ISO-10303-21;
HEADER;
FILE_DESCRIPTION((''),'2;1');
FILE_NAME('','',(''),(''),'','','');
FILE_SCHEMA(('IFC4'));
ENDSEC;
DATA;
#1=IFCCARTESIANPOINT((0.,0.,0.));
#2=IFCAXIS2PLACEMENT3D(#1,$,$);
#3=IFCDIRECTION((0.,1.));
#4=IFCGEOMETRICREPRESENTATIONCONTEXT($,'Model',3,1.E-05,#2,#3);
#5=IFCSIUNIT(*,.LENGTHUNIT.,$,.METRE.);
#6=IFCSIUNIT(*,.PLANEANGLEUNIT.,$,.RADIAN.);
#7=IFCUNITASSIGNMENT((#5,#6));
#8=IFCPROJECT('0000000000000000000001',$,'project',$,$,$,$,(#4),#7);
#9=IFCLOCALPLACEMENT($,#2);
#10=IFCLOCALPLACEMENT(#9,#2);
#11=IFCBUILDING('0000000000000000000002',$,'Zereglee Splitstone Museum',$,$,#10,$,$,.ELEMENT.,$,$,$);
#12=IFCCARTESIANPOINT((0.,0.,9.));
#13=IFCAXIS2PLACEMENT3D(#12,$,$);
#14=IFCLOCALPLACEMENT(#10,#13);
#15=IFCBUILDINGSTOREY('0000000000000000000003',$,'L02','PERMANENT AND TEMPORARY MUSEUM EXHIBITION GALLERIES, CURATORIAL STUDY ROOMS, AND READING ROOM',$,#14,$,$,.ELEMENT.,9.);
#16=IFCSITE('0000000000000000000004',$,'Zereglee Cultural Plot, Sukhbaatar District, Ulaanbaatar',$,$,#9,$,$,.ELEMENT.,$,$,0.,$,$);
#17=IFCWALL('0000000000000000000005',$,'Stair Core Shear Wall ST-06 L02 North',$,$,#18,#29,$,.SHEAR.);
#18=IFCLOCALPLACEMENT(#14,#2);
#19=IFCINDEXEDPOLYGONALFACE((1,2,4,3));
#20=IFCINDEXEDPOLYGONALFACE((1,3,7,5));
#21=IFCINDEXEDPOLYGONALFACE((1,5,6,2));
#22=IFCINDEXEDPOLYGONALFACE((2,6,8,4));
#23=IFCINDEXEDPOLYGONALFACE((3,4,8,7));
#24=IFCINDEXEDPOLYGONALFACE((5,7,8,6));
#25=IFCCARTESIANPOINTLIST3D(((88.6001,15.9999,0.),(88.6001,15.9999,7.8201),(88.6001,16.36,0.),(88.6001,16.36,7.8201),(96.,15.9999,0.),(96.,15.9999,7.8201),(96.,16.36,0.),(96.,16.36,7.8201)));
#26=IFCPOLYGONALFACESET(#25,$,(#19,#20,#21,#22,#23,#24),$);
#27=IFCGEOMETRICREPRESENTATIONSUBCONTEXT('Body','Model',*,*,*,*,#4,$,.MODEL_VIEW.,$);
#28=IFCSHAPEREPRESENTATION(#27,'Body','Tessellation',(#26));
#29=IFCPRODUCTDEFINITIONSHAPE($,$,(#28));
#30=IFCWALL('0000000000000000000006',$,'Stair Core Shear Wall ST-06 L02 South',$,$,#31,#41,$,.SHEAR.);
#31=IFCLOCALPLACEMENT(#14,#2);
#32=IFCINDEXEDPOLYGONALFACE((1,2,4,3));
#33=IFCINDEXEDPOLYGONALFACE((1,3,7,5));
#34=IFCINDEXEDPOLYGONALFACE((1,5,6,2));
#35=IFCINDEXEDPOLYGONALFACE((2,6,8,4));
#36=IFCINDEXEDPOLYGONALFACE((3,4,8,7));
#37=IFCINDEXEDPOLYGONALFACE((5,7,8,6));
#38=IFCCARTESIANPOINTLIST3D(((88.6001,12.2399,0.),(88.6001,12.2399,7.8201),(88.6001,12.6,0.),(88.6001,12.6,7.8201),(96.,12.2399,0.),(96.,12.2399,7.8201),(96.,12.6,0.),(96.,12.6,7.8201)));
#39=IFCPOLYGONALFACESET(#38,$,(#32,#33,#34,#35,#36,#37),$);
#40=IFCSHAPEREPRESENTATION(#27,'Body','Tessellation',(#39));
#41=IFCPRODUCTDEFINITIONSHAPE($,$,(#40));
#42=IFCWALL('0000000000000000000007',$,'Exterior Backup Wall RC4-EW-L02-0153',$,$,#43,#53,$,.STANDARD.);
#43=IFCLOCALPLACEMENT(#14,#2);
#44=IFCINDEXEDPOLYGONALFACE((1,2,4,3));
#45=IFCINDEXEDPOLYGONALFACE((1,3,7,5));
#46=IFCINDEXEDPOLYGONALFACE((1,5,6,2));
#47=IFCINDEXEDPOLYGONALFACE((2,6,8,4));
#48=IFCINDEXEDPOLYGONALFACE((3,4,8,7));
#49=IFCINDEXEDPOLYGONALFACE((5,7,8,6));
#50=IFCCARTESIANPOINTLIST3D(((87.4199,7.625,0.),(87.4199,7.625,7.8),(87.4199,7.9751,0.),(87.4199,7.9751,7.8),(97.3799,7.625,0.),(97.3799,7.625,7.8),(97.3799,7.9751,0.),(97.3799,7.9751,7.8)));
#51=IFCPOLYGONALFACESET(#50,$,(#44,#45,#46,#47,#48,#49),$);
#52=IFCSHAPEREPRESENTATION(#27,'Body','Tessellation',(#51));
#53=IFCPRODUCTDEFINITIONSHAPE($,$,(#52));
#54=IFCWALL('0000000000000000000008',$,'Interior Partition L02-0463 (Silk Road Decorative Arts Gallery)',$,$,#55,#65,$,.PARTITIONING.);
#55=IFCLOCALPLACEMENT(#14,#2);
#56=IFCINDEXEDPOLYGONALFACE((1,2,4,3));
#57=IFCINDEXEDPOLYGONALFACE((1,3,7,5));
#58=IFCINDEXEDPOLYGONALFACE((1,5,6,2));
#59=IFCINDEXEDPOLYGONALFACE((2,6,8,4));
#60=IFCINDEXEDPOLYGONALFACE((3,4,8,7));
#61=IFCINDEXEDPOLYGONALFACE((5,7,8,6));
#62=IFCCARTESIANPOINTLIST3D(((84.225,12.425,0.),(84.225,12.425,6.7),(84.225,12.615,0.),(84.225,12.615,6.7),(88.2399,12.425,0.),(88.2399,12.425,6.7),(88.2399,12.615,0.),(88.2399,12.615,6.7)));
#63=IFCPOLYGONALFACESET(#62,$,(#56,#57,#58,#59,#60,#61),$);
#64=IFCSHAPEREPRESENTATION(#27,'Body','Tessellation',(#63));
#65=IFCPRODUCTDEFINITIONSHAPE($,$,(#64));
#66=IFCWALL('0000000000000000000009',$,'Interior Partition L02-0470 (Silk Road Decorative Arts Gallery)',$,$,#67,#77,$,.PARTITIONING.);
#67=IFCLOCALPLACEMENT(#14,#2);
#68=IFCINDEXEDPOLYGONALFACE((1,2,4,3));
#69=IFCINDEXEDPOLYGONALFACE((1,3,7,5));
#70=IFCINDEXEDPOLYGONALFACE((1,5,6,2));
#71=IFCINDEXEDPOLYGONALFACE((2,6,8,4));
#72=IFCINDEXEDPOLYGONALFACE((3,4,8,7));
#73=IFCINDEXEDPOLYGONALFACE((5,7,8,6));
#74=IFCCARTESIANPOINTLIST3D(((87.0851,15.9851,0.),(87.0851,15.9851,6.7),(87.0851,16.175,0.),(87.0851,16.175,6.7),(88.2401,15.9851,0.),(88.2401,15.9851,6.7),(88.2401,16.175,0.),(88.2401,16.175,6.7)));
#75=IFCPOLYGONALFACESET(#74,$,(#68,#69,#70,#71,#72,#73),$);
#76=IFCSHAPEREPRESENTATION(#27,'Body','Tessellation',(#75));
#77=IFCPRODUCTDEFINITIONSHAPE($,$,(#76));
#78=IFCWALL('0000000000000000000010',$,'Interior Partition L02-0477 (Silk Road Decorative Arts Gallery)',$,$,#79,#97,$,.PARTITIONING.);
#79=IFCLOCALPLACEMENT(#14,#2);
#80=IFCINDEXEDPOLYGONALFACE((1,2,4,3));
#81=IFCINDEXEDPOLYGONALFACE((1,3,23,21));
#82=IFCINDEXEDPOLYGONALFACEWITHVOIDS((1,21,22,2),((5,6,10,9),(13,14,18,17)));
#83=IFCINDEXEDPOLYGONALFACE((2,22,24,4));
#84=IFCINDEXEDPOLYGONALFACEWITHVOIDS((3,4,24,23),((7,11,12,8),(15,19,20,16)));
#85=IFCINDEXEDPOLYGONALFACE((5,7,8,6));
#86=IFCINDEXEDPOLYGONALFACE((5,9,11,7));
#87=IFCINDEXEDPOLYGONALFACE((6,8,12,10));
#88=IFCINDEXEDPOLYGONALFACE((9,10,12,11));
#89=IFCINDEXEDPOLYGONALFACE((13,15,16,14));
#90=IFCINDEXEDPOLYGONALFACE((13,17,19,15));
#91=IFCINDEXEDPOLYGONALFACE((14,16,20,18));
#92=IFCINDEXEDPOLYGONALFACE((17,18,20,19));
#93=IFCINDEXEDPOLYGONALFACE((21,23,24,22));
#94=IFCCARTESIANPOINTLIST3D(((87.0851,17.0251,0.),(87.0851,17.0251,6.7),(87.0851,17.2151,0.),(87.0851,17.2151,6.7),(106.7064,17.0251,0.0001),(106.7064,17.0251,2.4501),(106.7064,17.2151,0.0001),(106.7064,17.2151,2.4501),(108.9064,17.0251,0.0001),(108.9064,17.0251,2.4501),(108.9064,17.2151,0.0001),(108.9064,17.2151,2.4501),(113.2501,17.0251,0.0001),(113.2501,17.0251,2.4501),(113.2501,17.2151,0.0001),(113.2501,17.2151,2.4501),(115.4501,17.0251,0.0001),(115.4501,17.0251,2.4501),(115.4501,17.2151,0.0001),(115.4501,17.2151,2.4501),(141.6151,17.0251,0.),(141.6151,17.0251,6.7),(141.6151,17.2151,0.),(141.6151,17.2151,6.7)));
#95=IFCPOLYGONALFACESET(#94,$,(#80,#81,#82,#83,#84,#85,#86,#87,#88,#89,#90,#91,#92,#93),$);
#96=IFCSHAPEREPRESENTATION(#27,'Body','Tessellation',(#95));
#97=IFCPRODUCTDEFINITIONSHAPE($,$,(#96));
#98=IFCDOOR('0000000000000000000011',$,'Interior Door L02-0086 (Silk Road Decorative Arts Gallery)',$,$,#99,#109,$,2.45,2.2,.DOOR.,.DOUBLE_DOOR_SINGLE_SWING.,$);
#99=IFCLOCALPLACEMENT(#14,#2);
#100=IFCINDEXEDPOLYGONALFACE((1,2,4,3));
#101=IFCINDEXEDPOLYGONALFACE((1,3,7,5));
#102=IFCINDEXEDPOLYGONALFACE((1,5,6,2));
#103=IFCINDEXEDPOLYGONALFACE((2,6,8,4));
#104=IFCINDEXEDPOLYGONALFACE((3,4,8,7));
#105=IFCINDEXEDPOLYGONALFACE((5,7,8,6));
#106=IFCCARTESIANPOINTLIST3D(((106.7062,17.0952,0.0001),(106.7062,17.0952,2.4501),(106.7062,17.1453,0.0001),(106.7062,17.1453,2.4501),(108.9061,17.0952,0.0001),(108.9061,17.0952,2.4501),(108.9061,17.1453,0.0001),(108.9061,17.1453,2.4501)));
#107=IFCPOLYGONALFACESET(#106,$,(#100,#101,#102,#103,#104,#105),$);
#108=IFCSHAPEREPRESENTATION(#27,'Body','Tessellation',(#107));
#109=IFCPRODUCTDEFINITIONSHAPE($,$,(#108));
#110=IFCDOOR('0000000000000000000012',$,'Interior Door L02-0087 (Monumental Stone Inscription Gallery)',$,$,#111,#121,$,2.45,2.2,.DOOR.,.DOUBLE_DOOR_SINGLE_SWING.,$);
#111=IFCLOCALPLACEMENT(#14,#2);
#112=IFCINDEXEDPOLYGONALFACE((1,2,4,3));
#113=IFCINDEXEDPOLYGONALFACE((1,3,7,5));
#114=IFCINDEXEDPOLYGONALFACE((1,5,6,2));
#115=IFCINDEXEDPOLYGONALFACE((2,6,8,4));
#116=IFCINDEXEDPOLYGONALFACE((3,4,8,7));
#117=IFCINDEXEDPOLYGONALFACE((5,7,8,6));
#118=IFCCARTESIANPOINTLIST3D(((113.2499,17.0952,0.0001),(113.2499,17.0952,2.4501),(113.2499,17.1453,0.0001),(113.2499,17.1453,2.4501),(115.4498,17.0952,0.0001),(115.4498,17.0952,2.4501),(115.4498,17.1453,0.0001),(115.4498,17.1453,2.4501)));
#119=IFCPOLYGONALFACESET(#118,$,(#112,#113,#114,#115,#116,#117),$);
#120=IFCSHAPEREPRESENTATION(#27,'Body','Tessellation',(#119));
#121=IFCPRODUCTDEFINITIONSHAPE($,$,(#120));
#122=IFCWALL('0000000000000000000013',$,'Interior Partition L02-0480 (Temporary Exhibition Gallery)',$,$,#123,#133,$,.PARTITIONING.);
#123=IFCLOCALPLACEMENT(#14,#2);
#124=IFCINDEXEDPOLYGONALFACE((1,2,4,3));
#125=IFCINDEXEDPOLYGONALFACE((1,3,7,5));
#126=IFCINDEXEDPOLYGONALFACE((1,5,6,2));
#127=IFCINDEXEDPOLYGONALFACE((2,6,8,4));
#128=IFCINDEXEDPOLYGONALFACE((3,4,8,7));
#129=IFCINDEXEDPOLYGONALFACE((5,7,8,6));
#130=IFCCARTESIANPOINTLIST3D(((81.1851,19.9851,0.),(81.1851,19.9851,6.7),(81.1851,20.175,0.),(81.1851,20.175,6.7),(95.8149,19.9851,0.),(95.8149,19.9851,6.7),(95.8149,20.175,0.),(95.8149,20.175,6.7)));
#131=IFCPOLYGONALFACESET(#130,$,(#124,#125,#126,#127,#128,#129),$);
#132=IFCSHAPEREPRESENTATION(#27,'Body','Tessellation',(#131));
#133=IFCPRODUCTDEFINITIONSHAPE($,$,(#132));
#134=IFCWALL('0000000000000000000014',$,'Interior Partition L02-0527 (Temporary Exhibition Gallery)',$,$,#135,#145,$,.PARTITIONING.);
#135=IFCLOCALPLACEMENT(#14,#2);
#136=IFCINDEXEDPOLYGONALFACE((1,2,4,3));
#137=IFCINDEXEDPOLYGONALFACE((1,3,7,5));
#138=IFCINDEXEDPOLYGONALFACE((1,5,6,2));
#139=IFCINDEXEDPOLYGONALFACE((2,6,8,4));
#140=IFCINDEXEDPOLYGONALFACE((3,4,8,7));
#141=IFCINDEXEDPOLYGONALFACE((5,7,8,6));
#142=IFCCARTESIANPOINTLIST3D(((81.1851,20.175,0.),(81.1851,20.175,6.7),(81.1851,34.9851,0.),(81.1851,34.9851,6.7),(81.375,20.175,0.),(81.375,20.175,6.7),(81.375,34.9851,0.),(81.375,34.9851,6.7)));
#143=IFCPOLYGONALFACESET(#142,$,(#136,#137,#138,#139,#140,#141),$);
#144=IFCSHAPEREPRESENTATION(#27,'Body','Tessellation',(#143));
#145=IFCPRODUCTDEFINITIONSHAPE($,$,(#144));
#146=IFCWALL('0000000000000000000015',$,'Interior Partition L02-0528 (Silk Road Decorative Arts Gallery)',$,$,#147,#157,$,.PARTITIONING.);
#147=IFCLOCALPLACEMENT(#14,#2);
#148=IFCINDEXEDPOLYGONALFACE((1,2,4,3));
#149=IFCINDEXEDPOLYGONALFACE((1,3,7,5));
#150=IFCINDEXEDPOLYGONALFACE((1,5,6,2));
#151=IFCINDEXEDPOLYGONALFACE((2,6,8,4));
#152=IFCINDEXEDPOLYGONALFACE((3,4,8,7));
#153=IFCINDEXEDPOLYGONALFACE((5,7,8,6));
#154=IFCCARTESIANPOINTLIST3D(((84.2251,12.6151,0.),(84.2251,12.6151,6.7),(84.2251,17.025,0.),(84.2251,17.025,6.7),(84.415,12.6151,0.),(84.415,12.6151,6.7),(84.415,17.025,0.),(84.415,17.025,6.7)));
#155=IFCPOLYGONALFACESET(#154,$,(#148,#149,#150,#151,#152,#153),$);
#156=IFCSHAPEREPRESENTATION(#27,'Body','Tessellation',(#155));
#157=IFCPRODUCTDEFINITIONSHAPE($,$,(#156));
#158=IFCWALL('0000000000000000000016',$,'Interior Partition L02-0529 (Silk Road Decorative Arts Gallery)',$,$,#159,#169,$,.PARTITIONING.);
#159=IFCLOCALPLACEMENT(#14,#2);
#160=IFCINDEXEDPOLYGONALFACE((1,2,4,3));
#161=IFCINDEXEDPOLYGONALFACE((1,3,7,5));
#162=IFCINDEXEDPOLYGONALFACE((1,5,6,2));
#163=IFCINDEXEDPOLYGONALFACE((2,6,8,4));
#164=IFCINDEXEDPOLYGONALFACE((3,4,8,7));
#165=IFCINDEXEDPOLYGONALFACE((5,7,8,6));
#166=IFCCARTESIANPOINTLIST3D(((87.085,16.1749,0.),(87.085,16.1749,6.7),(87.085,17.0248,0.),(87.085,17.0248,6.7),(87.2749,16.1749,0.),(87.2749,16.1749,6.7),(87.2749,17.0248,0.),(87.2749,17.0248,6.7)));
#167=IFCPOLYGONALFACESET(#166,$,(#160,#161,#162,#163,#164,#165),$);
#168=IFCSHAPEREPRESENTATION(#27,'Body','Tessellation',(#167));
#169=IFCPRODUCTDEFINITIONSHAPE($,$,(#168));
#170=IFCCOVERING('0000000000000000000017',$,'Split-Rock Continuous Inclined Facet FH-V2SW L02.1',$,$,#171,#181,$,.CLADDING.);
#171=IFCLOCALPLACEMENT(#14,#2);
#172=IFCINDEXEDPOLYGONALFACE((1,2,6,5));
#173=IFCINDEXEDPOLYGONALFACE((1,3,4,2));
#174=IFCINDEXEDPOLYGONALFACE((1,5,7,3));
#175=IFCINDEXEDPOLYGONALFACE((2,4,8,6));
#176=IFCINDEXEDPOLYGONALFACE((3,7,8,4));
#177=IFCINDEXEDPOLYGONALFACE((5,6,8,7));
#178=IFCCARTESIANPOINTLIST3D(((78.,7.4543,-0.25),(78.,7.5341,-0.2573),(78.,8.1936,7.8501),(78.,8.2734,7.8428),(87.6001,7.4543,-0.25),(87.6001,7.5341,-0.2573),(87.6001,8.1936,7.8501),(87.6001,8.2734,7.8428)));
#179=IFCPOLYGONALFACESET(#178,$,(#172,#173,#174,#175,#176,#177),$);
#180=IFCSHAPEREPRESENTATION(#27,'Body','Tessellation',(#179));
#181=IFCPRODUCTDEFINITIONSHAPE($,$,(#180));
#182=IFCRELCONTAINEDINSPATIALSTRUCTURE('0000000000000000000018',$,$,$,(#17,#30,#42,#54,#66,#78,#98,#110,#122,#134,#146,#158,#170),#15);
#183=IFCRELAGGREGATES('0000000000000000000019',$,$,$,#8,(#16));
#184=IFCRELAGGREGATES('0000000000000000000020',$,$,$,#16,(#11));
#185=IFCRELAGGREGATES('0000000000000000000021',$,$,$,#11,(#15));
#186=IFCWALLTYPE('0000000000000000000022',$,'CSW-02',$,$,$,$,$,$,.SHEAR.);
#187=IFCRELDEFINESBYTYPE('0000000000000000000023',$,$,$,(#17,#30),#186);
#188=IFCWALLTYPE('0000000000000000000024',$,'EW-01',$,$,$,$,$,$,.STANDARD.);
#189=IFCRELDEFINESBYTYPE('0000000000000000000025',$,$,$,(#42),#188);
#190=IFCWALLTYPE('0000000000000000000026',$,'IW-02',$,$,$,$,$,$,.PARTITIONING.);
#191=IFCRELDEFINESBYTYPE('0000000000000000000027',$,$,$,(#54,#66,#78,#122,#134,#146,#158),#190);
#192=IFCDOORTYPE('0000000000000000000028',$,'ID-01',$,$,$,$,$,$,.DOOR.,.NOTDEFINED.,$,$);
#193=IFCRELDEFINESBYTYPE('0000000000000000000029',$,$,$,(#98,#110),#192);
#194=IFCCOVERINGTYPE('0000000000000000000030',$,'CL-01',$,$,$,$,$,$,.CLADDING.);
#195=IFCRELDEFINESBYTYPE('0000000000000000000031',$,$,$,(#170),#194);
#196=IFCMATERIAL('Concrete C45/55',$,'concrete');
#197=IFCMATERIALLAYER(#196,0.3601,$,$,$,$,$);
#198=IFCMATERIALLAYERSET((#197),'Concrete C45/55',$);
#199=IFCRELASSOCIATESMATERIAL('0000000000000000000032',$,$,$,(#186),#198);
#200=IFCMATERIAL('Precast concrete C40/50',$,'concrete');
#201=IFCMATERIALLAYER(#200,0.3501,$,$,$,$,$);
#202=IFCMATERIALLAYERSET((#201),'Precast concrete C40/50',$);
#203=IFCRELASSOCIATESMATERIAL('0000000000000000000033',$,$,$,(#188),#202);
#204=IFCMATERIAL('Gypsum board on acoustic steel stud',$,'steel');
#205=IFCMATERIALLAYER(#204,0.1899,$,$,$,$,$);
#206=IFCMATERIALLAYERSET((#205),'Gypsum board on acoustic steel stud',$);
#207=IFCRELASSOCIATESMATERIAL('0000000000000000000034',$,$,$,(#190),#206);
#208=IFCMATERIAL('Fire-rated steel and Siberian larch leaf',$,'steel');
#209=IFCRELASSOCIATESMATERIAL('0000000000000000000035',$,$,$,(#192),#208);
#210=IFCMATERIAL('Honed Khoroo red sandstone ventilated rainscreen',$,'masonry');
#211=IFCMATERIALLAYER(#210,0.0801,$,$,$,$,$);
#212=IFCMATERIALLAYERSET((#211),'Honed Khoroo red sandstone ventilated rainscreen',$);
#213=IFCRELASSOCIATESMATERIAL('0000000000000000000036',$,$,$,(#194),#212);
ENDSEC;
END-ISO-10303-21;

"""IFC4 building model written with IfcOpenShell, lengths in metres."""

from ifc_helpers import new_model, si_unit, direction, frame, frame_2d, origin, place, context, subcontext, project, spatial, polyline, rectangle, outline, extrude, material, layer, layer_set, type_object, element, fill, save


model = new_model("IFC4")

# Units and contexts
model_context = context("Model", 3, precision=1e-05, world=origin(), true_north=direction((0.0, 1.0)))
body_context = subcontext(model_context, "Body", "Model", "MODEL_VIEW")
ifc_project = project(units=[si_unit("LENGTHUNIT", "METRE"), si_unit("PLANEANGLEUNIT", "RADIAN")], contexts=[model_context])

# Site, building, storey
site_placement = place(None, origin())
site = spatial("IfcSite", under=ifc_project, at=site_placement, Name="Zereglee Cultural Plot, Sukhbaatar District, Ulaanbaatar", CompositionType="ELEMENT", RefElevation=0.0)
building_placement = place(site_placement, origin())
building = spatial("IfcBuilding", under=site, at=building_placement, Name="Zereglee Splitstone Museum", CompositionType="ELEMENT")
storey_placement = place(building_placement, frame((0.0, 0.0, 9.0)))
storey = spatial("IfcBuildingStorey", under=building, at=storey_placement, Name="L02", Description="PERMANENT AND TEMPORARY MUSEUM EXHIBITION GALLERIES, CURATORIAL STUDY ROOMS, AND READING ROOM", CompositionType="ELEMENT", Elevation=9.0)

# Shared definitions
ifc_material_1 = material(Name="Concrete C45/55", Category="concrete")
ifc_layer_1 = layer(ifc_material_1, 0.3601)
ifc_layer_set_1 = layer_set([ifc_layer_1], Name="Concrete C45/55")
wall_type_1 = type_object("IfcWallType", Name="CSW-02", PredefinedType="SHEAR", material=ifc_layer_set_1)
ifc_material_2 = material(Name="Fire-rated steel and Siberian larch leaf", Category="steel")

# Walls
for number, where, z_axis, x_axis, name in (
    (1, (88.6001, 16.1799, 0.0), (0.0, 0.0, 1.0), (1.0, 0.0, 0.0), "Stair Core Shear Wall ST-06 L02 North"),
    (2, (88.6001, 12.4199, 0.0), (0.0, 0.0, 1.0), (1.0, 0.0, 0.0), "Stair Core Shear Wall ST-06 L02 South"),
):
    element("IfcWall", number, at=place(storey_placement, frame(where, z_axis=z_axis, x_axis=x_axis)), inside=storey, type_object=wall_type_1, Name=name, PredefinedType="SHEAR", context=body_context, shape_type="SweptSolid", body=[
        extrude(rectangle(XDim=7.3999, YDim=0.3601, at=frame_2d((3.7, 0.0))), origin(), (0.0, 0.0, 1.0), 7.8201),
    ])
ifc_material_3 = material(Name="Precast concrete C40/50", Category="concrete")
ifc_layer_2 = layer(ifc_material_3, 0.3501)
ifc_layer_set_2 = layer_set([ifc_layer_2], Name="Precast concrete C40/50")
wall_type_2 = type_object("IfcWallType", Name="EW-01", PredefinedType="STANDARD", material=ifc_layer_set_2)
wall_1_placement = place(storey_placement, frame((87.4199, 7.8, 0.0), z_axis=(0.0, 0.0, 1.0), x_axis=(1.0, 0.0, 0.0)))
element("IfcWall", 3, at=wall_1_placement, inside=storey, type_object=wall_type_2, Name="Exterior Backup Wall RC4-EW-L02-0153", PredefinedType="STANDARD", context=body_context, shape_type="SweptSolid", body=[
    extrude(rectangle(XDim=9.96, YDim=0.3501, at=frame_2d((4.98, 0.0))), origin(), (0.0, 0.0, 1.0), 7.8),
])
ifc_material_4 = material(Name="Gypsum board on acoustic steel stud", Category="steel")
ifc_layer_3 = layer(ifc_material_4, 0.1899)
ifc_layer_set_3 = layer_set([ifc_layer_3], Name="Gypsum board on acoustic steel stud")
wall_type_3 = type_object("IfcWallType", Name="IW-02", PredefinedType="PARTITIONING", material=ifc_layer_set_3)
wall_2_placement = place(storey_placement, frame((84.2251, 12.52, 0.0), z_axis=(0.0, 0.0, 1.0), x_axis=(1.0, 0.0, 0.0)))
element("IfcWall", 4, at=wall_2_placement, inside=storey, type_object=wall_type_3, Name="Interior Partition L02-0463 (Silk Road Decorative Arts Gallery)", PredefinedType="PARTITIONING", context=body_context, shape_type="SweptSolid", body=[
    extrude(rectangle(XDim=4.0149, YDim=0.1899, at=frame_2d((2.0073, 0.0))), origin(), (0.0, 0.0, 1.0), 6.7),
])
wall_3_placement = place(storey_placement, frame((87.085, 16.0801, 0.0), z_axis=(0.0, 0.0, 1.0), x_axis=(1.0, 0.0, 0.0)))
element("IfcWall", 5, at=wall_3_placement, inside=storey, type_object=wall_type_3, Name="Interior Partition L02-0470 (Silk Road Decorative Arts Gallery)", PredefinedType="PARTITIONING", context=body_context, shape_type="SweptSolid", body=[
    extrude(rectangle(XDim=1.155, YDim=0.1899, at=frame_2d((0.5776, 0.0))), origin(), (0.0, 0.0, 1.0), 6.7),
])

# Wall, openings, doors
wall_4_placement = place(storey_placement, frame((87.085, 17.1201, 0.0), z_axis=(0.0, 0.0, 1.0), x_axis=(1.0, 0.0, 0.0)))
wall_4 = element("IfcWall", 6, at=wall_4_placement, inside=storey, type_object=wall_type_3, Name="Interior Partition L02-0477 (Silk Road Decorative Arts Gallery)", PredefinedType="PARTITIONING", context=body_context, shape_type="SweptSolid", body=[
    extrude(rectangle(XDim=54.53, YDim=0.1899, at=frame_2d((27.2651, 0.0))), origin(), (0.0, 0.0, 1.0), 6.7),
])
opening_1_placement = place(wall_4_placement, frame((19.6213, 0.0, 0.0)))
opening_1 = element("IfcOpeningElement", 7, at=opening_1_placement, cuts=wall_4, PredefinedType="OPENING", context=body_context, shape_type="SweptSolid", body=[
    extrude(rectangle(XDim=2.2, YDim=2.45, at=frame_2d((1.1001, 1.2251))), frame((0.0, 0.1099, 0.0), z_axis=(0.0, -1.0, 0.0), x_axis=(1.0, 0.0, 0.0)), (0.0, 0.0, 1.0), 0.2197),
])
opening_2_placement = place(wall_4_placement, frame((26.165, 0.0, 0.0)))
opening_2 = element("IfcOpeningElement", 8, at=opening_2_placement, cuts=wall_4, PredefinedType="OPENING", context=body_context, shape_type="SweptSolid", body=[
    extrude(rectangle(XDim=2.2, YDim=2.45, at=frame_2d((1.1001, 1.2251))), frame((0.0, 0.1099, 0.0), z_axis=(0.0, -1.0, 0.0), x_axis=(1.0, 0.0, 0.0)), (0.0, 0.0, 1.0), 0.2197),
])
door_type_1 = type_object("IfcDoorType", Name="ID-01", OperationType="NOTDEFINED", PredefinedType="DOOR", material=ifc_material_2)
door_1_placement = place(opening_1_placement, frame((2.2, 0.0, 0.0), z_axis=(0.0, 0.0, 1.0), x_axis=(-1.0, 0.0, 0.0)))
door_1 = element("IfcDoor", 9, at=door_1_placement, inside=storey, type_object=door_type_1, Name="Interior Door L02-0086 (Silk Road Decorative Arts Gallery)", OperationType="DOUBLE_DOOR_SINGLE_SWING", OverallHeight=2.45, OverallWidth=2.2, PredefinedType="DOOR", context=body_context, shape_type="SweptSolid", body=[
    extrude(rectangle(XDim=2.2, YDim=2.45, at=frame_2d((1.1001, 1.2251))), frame((0.0, 0.0249, 0.0), z_axis=(0.0, -1.0, 0.0), x_axis=(1.0, 0.0, 0.0)), (0.0, 0.0, 1.0), 0.05),
])
fill(opening_1, door_1)
door_2_placement = place(opening_2_placement, frame((2.2, 0.0, 0.0), z_axis=(0.0, 0.0, 1.0), x_axis=(-1.0, 0.0, 0.0)))
door_2 = element("IfcDoor", 10, at=door_2_placement, inside=storey, type_object=door_type_1, Name="Interior Door L02-0087 (Monumental Stone Inscription Gallery)", OperationType="DOUBLE_DOOR_SINGLE_SWING", OverallHeight=2.45, OverallWidth=2.2, PredefinedType="DOOR", context=body_context, shape_type="SweptSolid", body=[
    extrude(rectangle(XDim=2.2, YDim=2.45, at=frame_2d((1.1001, 1.2251))), frame((0.0, 0.0249, 0.0), z_axis=(0.0, -1.0, 0.0), x_axis=(1.0, 0.0, 0.0)), (0.0, 0.0, 1.0), 0.05),
])
fill(opening_2, door_2)

# Walls
wall_5_placement = place(storey_placement, frame((81.1851, 20.0801, 0.0), z_axis=(0.0, 0.0, 1.0), x_axis=(1.0, 0.0, 0.0)))
element("IfcWall", 11, at=wall_5_placement, inside=storey, type_object=wall_type_3, Name="Interior Partition L02-0480 (Temporary Exhibition Gallery)", PredefinedType="PARTITIONING", context=body_context, shape_type="SweptSolid", body=[
    extrude(rectangle(XDim=14.6299, YDim=0.1899, at=frame_2d((7.3149, 0.0))), origin(), (0.0, 0.0, 1.0), 6.7),
])
wall_6_placement = place(storey_placement, frame((81.28, 20.175, 0.0), z_axis=(0.0, 0.0, 1.0), x_axis=(0.0, 1.0, 0.0)))
element("IfcWall", 12, at=wall_6_placement, inside=storey, type_object=wall_type_3, Name="Interior Partition L02-0527 (Temporary Exhibition Gallery)", PredefinedType="PARTITIONING", context=body_context, shape_type="SweptSolid", body=[
    extrude(rectangle(XDim=14.8101, YDim=0.1899, at=frame_2d((7.405, 0.0))), origin(), (0.0, 0.0, 1.0), 6.7),
])
wall_7_placement = place(storey_placement, frame((84.3201, 12.615, 0.0), z_axis=(0.0, 0.0, 1.0), x_axis=(0.0, 1.0, 0.0)))
element("IfcWall", 13, at=wall_7_placement, inside=storey, type_object=wall_type_3, Name="Interior Partition L02-0528 (Silk Road Decorative Arts Gallery)", PredefinedType="PARTITIONING", context=body_context, shape_type="SweptSolid", body=[
    extrude(rectangle(XDim=4.4099, YDim=0.1899, at=frame_2d((2.2051, 0.0))), origin(), (0.0, 0.0, 1.0), 6.7),
])
wall_8_placement = place(storey_placement, frame((87.1799, 16.175, 0.0), z_axis=(0.0, 0.0, 1.0), x_axis=(0.0, 1.0, 0.0)))
element("IfcWall", 14, at=wall_8_placement, inside=storey, type_object=wall_type_3, Name="Interior Partition L02-0529 (Silk Road Decorative Arts Gallery)", PredefinedType="PARTITIONING", context=body_context, shape_type="SweptSolid", body=[
    extrude(rectangle(XDim=0.8499, YDim=0.1899, at=frame_2d((0.4248, 0.0))), origin(), (0.0, 0.0, 1.0), 6.7),
])

# Covering
ifc_material_5 = material(Name="Honed Khoroo red sandstone ventilated rainscreen", Category="masonry")
ifc_layer_4 = layer(ifc_material_5, 0.0801)
ifc_layer_set_4 = layer_set([ifc_layer_4], Name="Honed Khoroo red sandstone ventilated rainscreen")
covering_type = type_object("IfcCoveringType", Name="CL-01", PredefinedType="CLADDING", material=ifc_layer_set_4)
covering_1_placement = place(storey_placement, frame((78.0, 7.4543, -0.25), z_axis=(0.0, -0.995861, 0.090888), x_axis=(1.0, 0.0, 0.0)))
element("IfcCovering", 15, at=covering_1_placement, inside=storey, type_object=covering_type, Name="Split-Rock Continuous Inclined Facet FH-V2SW L02.1", PredefinedType="CLADDING", context=body_context, shape_type="SweptSolid", body=[
    extrude(outline(polyline([(0.0, 0.0), (9.6001, 0.0), (9.6001, 8.1338), (0.0, 8.1338), (0.0, 0.0)])), origin(), (0.0, 0.0, -1.0), 0.0801),
])

save(model, "model.ifc")
